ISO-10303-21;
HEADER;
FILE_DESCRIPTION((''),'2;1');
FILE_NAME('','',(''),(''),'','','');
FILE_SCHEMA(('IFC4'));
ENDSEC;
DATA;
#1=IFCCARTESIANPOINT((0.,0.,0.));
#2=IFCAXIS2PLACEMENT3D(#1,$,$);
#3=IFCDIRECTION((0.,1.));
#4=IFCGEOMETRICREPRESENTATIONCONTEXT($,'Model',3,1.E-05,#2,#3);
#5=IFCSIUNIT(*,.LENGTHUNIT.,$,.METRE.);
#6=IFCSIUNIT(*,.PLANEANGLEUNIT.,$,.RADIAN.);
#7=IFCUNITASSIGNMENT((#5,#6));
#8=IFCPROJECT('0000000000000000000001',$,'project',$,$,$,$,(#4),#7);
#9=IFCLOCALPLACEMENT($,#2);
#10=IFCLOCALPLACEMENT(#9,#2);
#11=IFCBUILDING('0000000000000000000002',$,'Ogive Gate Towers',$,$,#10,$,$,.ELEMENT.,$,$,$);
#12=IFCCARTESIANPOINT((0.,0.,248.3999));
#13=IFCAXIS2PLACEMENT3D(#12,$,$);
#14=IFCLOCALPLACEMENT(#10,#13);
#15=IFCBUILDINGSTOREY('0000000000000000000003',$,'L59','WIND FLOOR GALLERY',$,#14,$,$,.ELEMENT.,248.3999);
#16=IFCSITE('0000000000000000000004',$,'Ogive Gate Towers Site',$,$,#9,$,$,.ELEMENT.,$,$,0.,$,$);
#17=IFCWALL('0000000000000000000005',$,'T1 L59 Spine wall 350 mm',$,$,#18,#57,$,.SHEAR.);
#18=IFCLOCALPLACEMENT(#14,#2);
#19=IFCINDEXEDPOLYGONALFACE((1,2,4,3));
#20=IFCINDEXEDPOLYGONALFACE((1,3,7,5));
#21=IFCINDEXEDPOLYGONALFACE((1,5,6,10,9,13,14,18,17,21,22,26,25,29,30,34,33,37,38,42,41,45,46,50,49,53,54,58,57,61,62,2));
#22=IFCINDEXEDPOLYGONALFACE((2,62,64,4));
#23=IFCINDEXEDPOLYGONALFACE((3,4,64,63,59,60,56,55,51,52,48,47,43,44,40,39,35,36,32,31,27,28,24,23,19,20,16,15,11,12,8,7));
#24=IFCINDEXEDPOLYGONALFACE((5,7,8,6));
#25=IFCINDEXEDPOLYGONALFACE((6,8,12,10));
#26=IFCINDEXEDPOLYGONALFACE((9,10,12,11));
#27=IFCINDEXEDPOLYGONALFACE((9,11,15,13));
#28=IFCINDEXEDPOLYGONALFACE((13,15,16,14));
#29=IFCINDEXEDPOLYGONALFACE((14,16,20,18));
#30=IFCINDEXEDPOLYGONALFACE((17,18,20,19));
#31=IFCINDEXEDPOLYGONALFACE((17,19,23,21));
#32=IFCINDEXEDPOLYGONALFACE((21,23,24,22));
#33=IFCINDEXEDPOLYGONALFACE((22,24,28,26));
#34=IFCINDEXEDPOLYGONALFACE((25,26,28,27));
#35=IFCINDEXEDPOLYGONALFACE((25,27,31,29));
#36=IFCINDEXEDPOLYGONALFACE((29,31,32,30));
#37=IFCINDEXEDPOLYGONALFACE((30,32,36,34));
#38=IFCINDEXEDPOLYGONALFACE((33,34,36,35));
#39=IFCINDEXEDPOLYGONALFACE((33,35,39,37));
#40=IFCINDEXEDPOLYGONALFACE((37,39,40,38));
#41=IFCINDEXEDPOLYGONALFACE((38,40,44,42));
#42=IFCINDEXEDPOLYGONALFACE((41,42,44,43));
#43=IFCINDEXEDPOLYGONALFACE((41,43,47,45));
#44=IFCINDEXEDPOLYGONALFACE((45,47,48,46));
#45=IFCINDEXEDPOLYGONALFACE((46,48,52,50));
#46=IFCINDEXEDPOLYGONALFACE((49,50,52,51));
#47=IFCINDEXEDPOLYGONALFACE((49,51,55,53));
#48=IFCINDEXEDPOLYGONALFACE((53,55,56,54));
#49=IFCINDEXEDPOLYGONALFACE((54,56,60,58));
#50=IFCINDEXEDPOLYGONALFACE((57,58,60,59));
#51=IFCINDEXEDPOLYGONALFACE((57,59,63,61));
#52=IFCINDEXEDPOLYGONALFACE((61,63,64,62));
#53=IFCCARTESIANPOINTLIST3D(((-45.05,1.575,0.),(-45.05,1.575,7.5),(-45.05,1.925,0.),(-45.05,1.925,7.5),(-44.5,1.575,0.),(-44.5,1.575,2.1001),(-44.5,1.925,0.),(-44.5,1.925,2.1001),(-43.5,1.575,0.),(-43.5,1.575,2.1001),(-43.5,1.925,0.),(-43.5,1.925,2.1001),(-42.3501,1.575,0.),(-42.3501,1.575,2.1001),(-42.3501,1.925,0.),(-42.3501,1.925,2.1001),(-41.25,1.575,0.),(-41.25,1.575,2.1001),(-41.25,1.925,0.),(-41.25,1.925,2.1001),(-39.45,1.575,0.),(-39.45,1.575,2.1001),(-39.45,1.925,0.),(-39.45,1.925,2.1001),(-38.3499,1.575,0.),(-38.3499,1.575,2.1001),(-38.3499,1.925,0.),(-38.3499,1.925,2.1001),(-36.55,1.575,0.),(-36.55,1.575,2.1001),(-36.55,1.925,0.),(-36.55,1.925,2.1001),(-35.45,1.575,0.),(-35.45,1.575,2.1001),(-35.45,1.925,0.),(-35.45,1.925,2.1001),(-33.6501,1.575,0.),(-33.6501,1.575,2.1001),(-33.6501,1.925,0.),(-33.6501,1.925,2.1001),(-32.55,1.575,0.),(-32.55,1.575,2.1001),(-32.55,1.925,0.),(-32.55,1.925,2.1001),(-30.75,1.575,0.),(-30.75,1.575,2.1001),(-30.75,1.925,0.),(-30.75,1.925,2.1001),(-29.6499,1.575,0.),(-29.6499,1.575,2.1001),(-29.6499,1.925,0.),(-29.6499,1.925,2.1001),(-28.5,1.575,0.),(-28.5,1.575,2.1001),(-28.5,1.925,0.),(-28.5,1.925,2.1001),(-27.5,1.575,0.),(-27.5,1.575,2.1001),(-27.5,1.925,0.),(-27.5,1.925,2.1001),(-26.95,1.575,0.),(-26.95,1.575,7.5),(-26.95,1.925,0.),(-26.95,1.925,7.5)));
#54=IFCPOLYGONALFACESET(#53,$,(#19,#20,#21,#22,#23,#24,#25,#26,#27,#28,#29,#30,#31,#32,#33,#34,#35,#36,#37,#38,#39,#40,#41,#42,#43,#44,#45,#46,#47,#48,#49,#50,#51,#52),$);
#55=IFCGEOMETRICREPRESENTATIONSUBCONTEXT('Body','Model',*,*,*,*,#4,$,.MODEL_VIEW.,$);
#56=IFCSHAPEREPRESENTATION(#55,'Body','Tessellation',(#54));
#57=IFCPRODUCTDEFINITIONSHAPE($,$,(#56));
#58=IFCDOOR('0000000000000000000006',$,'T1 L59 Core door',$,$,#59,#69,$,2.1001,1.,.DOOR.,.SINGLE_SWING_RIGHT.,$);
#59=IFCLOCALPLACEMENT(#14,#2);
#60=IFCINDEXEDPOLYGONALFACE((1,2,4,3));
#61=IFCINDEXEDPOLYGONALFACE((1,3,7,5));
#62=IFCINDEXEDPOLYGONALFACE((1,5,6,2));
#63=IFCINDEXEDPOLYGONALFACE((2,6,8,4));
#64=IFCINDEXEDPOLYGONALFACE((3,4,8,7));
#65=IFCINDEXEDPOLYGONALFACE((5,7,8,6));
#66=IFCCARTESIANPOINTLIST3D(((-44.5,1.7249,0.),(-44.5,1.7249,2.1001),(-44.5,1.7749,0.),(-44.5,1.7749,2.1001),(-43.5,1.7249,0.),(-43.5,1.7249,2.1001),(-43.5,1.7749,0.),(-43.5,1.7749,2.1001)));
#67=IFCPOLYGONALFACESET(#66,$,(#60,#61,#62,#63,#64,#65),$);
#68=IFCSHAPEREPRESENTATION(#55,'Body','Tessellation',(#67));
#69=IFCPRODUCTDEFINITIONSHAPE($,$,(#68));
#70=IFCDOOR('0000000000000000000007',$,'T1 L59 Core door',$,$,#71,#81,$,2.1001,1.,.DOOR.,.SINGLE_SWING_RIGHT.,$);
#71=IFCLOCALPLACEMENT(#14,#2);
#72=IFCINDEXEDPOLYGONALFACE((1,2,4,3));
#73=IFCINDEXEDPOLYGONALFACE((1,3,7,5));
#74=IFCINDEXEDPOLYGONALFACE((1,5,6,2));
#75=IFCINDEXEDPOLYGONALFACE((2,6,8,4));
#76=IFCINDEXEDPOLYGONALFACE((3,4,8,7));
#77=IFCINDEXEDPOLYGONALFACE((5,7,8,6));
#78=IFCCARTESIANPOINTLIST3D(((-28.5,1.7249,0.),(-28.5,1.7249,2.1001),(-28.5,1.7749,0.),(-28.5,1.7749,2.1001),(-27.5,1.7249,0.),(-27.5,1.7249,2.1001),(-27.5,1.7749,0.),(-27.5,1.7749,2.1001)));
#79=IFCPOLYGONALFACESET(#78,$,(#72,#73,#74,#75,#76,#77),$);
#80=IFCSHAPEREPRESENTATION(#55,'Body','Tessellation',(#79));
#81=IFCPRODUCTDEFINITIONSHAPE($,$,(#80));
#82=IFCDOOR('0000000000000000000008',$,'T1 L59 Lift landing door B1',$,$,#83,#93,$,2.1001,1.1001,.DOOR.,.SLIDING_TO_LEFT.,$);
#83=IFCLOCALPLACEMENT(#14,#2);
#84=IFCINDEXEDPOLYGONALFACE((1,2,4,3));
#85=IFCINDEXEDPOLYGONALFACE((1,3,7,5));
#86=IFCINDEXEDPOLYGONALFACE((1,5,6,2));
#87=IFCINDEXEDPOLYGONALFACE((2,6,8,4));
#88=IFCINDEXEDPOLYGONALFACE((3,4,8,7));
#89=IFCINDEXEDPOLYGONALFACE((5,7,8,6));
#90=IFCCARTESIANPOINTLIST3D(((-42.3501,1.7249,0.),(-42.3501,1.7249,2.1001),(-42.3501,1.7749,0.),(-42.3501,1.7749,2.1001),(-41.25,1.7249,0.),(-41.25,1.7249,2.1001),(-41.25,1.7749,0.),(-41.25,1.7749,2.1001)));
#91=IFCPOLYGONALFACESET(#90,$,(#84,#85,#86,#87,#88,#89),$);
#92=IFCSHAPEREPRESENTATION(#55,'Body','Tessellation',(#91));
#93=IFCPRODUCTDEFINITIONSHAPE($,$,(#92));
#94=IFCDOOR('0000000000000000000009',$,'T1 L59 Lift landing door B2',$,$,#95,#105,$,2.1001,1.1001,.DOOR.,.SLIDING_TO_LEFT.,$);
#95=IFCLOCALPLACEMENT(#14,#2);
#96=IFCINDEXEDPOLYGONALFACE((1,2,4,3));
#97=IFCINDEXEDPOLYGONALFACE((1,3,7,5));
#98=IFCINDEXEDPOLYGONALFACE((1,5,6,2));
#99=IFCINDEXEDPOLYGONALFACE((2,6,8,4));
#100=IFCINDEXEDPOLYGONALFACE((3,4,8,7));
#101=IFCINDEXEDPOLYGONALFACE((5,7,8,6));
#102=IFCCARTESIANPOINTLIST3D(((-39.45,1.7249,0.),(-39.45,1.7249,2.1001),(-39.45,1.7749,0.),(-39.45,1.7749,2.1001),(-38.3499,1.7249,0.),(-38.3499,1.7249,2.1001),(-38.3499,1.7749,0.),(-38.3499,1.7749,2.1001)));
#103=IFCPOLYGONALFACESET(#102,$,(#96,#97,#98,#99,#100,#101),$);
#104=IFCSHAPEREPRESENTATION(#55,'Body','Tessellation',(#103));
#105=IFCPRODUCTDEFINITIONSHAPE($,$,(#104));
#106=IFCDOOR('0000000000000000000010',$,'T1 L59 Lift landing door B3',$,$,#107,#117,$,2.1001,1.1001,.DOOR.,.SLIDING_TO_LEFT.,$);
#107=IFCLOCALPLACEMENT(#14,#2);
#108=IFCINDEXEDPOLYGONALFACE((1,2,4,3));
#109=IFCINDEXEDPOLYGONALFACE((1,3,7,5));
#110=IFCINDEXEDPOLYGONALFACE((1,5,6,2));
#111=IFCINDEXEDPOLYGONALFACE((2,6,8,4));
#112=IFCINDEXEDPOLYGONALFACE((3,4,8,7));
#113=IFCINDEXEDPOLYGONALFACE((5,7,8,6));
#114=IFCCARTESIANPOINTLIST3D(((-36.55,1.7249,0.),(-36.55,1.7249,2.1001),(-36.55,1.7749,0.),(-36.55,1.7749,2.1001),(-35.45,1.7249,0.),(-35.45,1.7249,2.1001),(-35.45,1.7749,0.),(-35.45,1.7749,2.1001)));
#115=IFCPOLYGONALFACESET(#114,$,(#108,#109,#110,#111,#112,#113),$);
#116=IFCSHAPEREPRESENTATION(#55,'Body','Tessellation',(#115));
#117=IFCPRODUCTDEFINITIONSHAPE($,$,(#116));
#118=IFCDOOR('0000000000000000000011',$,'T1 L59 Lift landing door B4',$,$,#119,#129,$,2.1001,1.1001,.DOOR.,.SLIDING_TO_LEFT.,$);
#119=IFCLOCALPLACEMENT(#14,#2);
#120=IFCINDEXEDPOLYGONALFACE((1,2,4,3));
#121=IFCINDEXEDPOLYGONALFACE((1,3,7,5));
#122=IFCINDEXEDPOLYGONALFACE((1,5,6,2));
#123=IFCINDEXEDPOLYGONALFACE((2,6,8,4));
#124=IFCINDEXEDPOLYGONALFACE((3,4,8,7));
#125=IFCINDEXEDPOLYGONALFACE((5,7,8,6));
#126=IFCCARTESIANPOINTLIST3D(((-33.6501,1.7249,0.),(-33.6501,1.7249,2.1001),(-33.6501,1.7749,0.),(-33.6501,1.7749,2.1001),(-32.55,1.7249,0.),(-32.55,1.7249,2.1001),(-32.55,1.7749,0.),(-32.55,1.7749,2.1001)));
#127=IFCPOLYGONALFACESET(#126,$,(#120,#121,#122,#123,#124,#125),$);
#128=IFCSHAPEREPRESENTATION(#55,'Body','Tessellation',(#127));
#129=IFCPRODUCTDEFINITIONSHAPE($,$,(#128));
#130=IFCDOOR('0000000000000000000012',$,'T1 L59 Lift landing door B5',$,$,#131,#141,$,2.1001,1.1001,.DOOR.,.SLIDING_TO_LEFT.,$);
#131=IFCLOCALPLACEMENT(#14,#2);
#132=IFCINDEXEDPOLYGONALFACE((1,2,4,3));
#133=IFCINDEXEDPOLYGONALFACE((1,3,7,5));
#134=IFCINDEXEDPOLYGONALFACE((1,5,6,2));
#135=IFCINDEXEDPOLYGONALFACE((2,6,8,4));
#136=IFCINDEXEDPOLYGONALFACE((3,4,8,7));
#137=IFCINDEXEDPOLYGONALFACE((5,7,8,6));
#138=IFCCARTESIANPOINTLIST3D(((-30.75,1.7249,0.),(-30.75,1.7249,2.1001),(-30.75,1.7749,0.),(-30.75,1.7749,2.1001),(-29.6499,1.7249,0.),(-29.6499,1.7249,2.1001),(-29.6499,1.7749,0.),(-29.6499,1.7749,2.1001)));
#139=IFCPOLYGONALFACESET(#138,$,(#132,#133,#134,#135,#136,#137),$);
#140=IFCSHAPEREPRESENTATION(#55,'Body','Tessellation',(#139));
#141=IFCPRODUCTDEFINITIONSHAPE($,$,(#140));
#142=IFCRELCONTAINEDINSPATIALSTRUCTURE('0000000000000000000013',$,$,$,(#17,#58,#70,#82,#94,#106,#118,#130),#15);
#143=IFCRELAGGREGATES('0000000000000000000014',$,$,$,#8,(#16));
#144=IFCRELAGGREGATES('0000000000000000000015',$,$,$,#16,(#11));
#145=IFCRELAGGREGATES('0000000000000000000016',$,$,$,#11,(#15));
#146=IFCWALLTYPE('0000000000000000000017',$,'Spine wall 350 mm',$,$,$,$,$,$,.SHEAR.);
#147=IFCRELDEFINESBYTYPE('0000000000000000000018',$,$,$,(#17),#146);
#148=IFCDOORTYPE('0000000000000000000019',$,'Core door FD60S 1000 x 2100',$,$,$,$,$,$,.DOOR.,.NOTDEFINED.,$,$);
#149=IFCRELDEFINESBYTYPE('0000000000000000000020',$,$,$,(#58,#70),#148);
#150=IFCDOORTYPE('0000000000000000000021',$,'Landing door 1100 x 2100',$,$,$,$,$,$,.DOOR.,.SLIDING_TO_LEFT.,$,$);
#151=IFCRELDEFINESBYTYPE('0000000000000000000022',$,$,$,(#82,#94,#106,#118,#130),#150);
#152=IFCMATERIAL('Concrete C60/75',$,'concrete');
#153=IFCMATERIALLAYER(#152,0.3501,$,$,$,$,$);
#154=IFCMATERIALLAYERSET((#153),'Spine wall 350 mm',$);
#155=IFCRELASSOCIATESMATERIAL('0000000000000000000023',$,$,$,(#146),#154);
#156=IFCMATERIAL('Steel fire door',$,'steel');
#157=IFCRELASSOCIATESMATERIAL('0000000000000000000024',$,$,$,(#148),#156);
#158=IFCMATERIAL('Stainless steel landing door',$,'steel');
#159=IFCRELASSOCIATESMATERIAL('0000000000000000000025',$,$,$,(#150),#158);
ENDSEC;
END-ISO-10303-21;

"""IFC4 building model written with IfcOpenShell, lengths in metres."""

from ifc_helpers import new_model, si_unit, direction, frame, frame_2d, origin, place, context, subcontext, project, spatial, rectangle, extrude, material, layer, layer_set, type_object, element, fill, save


model = new_model("IFC4")

# Units and contexts
model_context = context("Model", 3, precision=1e-05, world=origin(), true_north=direction((0.0, 1.0)))
body_context = subcontext(model_context, "Body", "Model", "MODEL_VIEW")
ifc_project = project(units=[si_unit("LENGTHUNIT", "METRE"), si_unit("PLANEANGLEUNIT", "RADIAN")], contexts=[model_context])

# Site, building, storey
site_placement = place(None, origin())
site = spatial("IfcSite", under=ifc_project, at=site_placement, Name="Ogive Gate Towers Site", CompositionType="ELEMENT", RefElevation=0.0)
building_placement = place(site_placement, origin())
building = spatial("IfcBuilding", under=site, at=building_placement, Name="Ogive Gate Towers", CompositionType="ELEMENT")
storey_placement = place(building_placement, frame((0.0, 0.0, 248.3999)))
storey = spatial("IfcBuildingStorey", under=building, at=storey_placement, Name="L59", Description="WIND FLOOR GALLERY", CompositionType="ELEMENT", Elevation=248.3999)

# Shared definitions
ifc_material_1 = material(Name="Concrete C60/75", Category="concrete")

# Shared definitions
ifc_material_2 = material(Name="Stainless steel landing door", Category="steel")

# Wall, openings, doors
ifc_layer_1 = layer(ifc_material_1, 0.3501)
ifc_layer_set_1 = layer_set([ifc_layer_1], Name="Spine wall 350 mm")
wall_type_1 = type_object("IfcWallType", Name="Spine wall 350 mm", PredefinedType="SHEAR", material=ifc_layer_set_1)
ifc_material_3 = material(Name="Steel fire door", Category="steel")
door_type_1 = type_object("IfcDoorType", Name="Core door FD60S 1000 x 2100", OperationType="NOTDEFINED", PredefinedType="DOOR", material=ifc_material_3)
door_type_2 = type_object("IfcDoorType", Name="Landing door 1100 x 2100", OperationType="SLIDING_TO_LEFT", PredefinedType="DOOR", material=ifc_material_2)
wall_1_placement = place(storey_placement, frame((-45.05, 1.75, 0.0), z_axis=(0.0, 0.0, 1.0), x_axis=(1.0, 0.0, 0.0)))
wall_1 = element("IfcWall", 1, at=wall_1_placement, inside=storey, type_object=wall_type_1, Name="T1 L59 Spine wall 350 mm", PredefinedType="SHEAR", context=body_context, shape_type="SweptSolid", body=[
    extrude(rectangle(XDim=18.1001, YDim=0.3501, at=frame_2d((9.05, 0.0))), origin(), (0.0, 0.0, 1.0), 7.5),
])
opening_1_placement = place(wall_1_placement, frame((0.55, 0.0, 0.0)))
opening_1 = element("IfcOpeningElement", 2, at=opening_1_placement, cuts=wall_1, PredefinedType="OPENING", context=body_context, shape_type="SweptSolid", body=[
    extrude(rectangle(XDim=1.0, YDim=2.1001, at=frame_2d((0.5, 1.05))), frame((0.0, 0.1851, 0.0), z_axis=(0.0, -1.0, 0.0), x_axis=(1.0, 0.0, 0.0)), (0.0, 0.0, 1.0), 0.3701),
])
opening_2_placement = place(wall_1_placement, frame((2.7, 0.0, 0.0)))
opening_2 = element("IfcOpeningElement", 3, at=opening_2_placement, cuts=wall_1, PredefinedType="OPENING", context=body_context, shape_type="SweptSolid", body=[
    extrude(rectangle(XDim=1.1001, YDim=2.1001, at=frame_2d((0.55, 1.05))), frame((0.0, 0.1851, 0.0), z_axis=(0.0, -1.0, 0.0), x_axis=(1.0, 0.0, 0.0)), (0.0, 0.0, 1.0), 0.3701),
])
opening_3_placement = place(wall_1_placement, frame((5.6001, 0.0, 0.0)))
opening_3 = element("IfcOpeningElement", 4, at=opening_3_placement, cuts=wall_1, PredefinedType="OPENING", context=body_context, shape_type="SweptSolid", body=[
    extrude(rectangle(XDim=1.1001, YDim=2.1001, at=frame_2d((0.55, 1.05))), frame((0.0, 0.1851, 0.0), z_axis=(0.0, -1.0, 0.0), x_axis=(1.0, 0.0, 0.0)), (0.0, 0.0, 1.0), 0.3701),
])
opening_4_placement = place(wall_1_placement, frame((8.5, 0.0, 0.0)))
opening_4 = element("IfcOpeningElement", 5, at=opening_4_placement, cuts=wall_1, PredefinedType="OPENING", context=body_context, shape_type="SweptSolid", body=[
    extrude(rectangle(XDim=1.1001, YDim=2.1001, at=frame_2d((0.55, 1.05))), frame((0.0, 0.1851, 0.0), z_axis=(0.0, -1.0, 0.0), x_axis=(1.0, 0.0, 0.0)), (0.0, 0.0, 1.0), 0.3701),
])
opening_5_placement = place(wall_1_placement, frame((11.3999, 0.0, 0.0)))
opening_5 = element("IfcOpeningElement", 6, at=opening_5_placement, cuts=wall_1, PredefinedType="OPENING", context=body_context, shape_type="SweptSolid", body=[
    extrude(rectangle(XDim=1.1001, YDim=2.1001, at=frame_2d((0.55, 1.05))), frame((0.0, 0.1851, 0.0), z_axis=(0.0, -1.0, 0.0), x_axis=(1.0, 0.0, 0.0)), (0.0, 0.0, 1.0), 0.3701),
])
opening_6_placement = place(wall_1_placement, frame((14.3, 0.0, 0.0)))
opening_6 = element("IfcOpeningElement", 7, at=opening_6_placement, cuts=wall_1, PredefinedType="OPENING", context=body_context, shape_type="SweptSolid", body=[
    extrude(rectangle(XDim=1.1001, YDim=2.1001, at=frame_2d((0.55, 1.05))), frame((0.0, 0.1851, 0.0), z_axis=(0.0, -1.0, 0.0), x_axis=(1.0, 0.0, 0.0)), (0.0, 0.0, 1.0), 0.3701),
])
opening_7_placement = place(wall_1_placement, frame((16.55, 0.0, 0.0)))
opening_7 = element("IfcOpeningElement", 8, at=opening_7_placement, cuts=wall_1, PredefinedType="OPENING", context=body_context, shape_type="SweptSolid", body=[
    extrude(rectangle(XDim=1.0, YDim=2.1001, at=frame_2d((0.5, 1.05))), frame((0.0, 0.1851, 0.0), z_axis=(0.0, -1.0, 0.0), x_axis=(1.0, 0.0, 0.0)), (0.0, 0.0, 1.0), 0.3701),
])
door_1_placement = place(opening_1_placement, origin())
door_1 = element("IfcDoor", 9, at=door_1_placement, inside=storey, type_object=door_type_1, Name="T1 L59 Core door", OperationType="SINGLE_SWING_RIGHT", OverallHeight=2.1001, OverallWidth=1.0, PredefinedType="DOOR", context=body_context, shape_type="SweptSolid", body=[
    extrude(rectangle(XDim=1.0, YDim=2.1001, at=frame_2d((0.5, 1.05))), frame((0.0, 0.0249, 0.0), z_axis=(0.0, -1.0, 0.0), x_axis=(1.0, 0.0, 0.0)), (0.0, 0.0, 1.0), 0.05),
])
fill(opening_1, door_1)
door_2_placement = place(opening_7_placement, origin())
door_2 = element("IfcDoor", 10, at=door_2_placement, inside=storey, type_object=door_type_1, Name="T1 L59 Core door", OperationType="SINGLE_SWING_RIGHT", OverallHeight=2.1001, OverallWidth=1.0, PredefinedType="DOOR", context=body_context, shape_type="SweptSolid", body=[
    extrude(rectangle(XDim=1.0, YDim=2.1001, at=frame_2d((0.5, 1.05))), frame((0.0, 0.0249, 0.0), z_axis=(0.0, -1.0, 0.0), x_axis=(1.0, 0.0, 0.0)), (0.0, 0.0, 1.0), 0.05),
])
fill(opening_7, door_2)
door_3_placement = place(opening_2_placement, origin())
door_3 = element("IfcDoor", 11, at=door_3_placement, inside=storey, type_object=door_type_2, Name="T1 L59 Lift landing door B1", OperationType="SLIDING_TO_LEFT", OverallHeight=2.1001, OverallWidth=1.1001, PredefinedType="DOOR", context=body_context, shape_type="SweptSolid", body=[
    extrude(rectangle(XDim=1.1001, YDim=2.1001, at=frame_2d((0.55, 1.05))), frame((0.0, 0.0249, 0.0), z_axis=(0.0, -1.0, 0.0), x_axis=(1.0, 0.0, 0.0)), (0.0, 0.0, 1.0), 0.05),
])
fill(opening_2, door_3)
door_4_placement = place(opening_3_placement, origin())
door_4 = element("IfcDoor", 12, at=door_4_placement, inside=storey, type_object=door_type_2, Name="T1 L59 Lift landing door B2", OperationType="SLIDING_TO_LEFT", OverallHeight=2.1001, OverallWidth=1.1001, PredefinedType="DOOR", context=body_context, shape_type="SweptSolid", body=[
    extrude(rectangle(XDim=1.1001, YDim=2.1001, at=frame_2d((0.55, 1.05))), frame((0.0, 0.0249, 0.0), z_axis=(0.0, -1.0, 0.0), x_axis=(1.0, 0.0, 0.0)), (0.0, 0.0, 1.0), 0.05),
])
fill(opening_3, door_4)
door_5_placement = place(opening_4_placement, origin())
door_5 = element("IfcDoor", 13, at=door_5_placement, inside=storey, type_object=door_type_2, Name="T1 L59 Lift landing door B3", OperationType="SLIDING_TO_LEFT", OverallHeight=2.1001, OverallWidth=1.1001, PredefinedType="DOOR", context=body_context, shape_type="SweptSolid", body=[
    extrude(rectangle(XDim=1.1001, YDim=2.1001, at=frame_2d((0.55, 1.05))), frame((0.0, 0.0249, 0.0), z_axis=(0.0, -1.0, 0.0), x_axis=(1.0, 0.0, 0.0)), (0.0, 0.0, 1.0), 0.05),
])
fill(opening_4, door_5)
door_6_placement = place(opening_5_placement, origin())
door_6 = element("IfcDoor", 14, at=door_6_placement, inside=storey, type_object=door_type_2, Name="T1 L59 Lift landing door B4", OperationType="SLIDING_TO_LEFT", OverallHeight=2.1001, OverallWidth=1.1001, PredefinedType="DOOR", context=body_context, shape_type="SweptSolid", body=[
    extrude(rectangle(XDim=1.1001, YDim=2.1001, at=frame_2d((0.55, 1.05))), frame((0.0, 0.0249, 0.0), z_axis=(0.0, -1.0, 0.0), x_axis=(1.0, 0.0, 0.0)), (0.0, 0.0, 1.0), 0.05),
])
fill(opening_5, door_6)
door_7_placement = place(opening_6_placement, origin())
door_7 = element("IfcDoor", 15, at=door_7_placement, inside=storey, type_object=door_type_2, Name="T1 L59 Lift landing door B5", OperationType="SLIDING_TO_LEFT", OverallHeight=2.1001, OverallWidth=1.1001, PredefinedType="DOOR", context=body_context, shape_type="SweptSolid", body=[
    extrude(rectangle(XDim=1.1001, YDim=2.1001, at=frame_2d((0.55, 1.05))), frame((0.0, 0.0249, 0.0), z_axis=(0.0, -1.0, 0.0), x_axis=(1.0, 0.0, 0.0)), (0.0, 0.0, 1.0), 0.05),
])
fill(opening_6, door_7)

save(model, "model.ifc")
